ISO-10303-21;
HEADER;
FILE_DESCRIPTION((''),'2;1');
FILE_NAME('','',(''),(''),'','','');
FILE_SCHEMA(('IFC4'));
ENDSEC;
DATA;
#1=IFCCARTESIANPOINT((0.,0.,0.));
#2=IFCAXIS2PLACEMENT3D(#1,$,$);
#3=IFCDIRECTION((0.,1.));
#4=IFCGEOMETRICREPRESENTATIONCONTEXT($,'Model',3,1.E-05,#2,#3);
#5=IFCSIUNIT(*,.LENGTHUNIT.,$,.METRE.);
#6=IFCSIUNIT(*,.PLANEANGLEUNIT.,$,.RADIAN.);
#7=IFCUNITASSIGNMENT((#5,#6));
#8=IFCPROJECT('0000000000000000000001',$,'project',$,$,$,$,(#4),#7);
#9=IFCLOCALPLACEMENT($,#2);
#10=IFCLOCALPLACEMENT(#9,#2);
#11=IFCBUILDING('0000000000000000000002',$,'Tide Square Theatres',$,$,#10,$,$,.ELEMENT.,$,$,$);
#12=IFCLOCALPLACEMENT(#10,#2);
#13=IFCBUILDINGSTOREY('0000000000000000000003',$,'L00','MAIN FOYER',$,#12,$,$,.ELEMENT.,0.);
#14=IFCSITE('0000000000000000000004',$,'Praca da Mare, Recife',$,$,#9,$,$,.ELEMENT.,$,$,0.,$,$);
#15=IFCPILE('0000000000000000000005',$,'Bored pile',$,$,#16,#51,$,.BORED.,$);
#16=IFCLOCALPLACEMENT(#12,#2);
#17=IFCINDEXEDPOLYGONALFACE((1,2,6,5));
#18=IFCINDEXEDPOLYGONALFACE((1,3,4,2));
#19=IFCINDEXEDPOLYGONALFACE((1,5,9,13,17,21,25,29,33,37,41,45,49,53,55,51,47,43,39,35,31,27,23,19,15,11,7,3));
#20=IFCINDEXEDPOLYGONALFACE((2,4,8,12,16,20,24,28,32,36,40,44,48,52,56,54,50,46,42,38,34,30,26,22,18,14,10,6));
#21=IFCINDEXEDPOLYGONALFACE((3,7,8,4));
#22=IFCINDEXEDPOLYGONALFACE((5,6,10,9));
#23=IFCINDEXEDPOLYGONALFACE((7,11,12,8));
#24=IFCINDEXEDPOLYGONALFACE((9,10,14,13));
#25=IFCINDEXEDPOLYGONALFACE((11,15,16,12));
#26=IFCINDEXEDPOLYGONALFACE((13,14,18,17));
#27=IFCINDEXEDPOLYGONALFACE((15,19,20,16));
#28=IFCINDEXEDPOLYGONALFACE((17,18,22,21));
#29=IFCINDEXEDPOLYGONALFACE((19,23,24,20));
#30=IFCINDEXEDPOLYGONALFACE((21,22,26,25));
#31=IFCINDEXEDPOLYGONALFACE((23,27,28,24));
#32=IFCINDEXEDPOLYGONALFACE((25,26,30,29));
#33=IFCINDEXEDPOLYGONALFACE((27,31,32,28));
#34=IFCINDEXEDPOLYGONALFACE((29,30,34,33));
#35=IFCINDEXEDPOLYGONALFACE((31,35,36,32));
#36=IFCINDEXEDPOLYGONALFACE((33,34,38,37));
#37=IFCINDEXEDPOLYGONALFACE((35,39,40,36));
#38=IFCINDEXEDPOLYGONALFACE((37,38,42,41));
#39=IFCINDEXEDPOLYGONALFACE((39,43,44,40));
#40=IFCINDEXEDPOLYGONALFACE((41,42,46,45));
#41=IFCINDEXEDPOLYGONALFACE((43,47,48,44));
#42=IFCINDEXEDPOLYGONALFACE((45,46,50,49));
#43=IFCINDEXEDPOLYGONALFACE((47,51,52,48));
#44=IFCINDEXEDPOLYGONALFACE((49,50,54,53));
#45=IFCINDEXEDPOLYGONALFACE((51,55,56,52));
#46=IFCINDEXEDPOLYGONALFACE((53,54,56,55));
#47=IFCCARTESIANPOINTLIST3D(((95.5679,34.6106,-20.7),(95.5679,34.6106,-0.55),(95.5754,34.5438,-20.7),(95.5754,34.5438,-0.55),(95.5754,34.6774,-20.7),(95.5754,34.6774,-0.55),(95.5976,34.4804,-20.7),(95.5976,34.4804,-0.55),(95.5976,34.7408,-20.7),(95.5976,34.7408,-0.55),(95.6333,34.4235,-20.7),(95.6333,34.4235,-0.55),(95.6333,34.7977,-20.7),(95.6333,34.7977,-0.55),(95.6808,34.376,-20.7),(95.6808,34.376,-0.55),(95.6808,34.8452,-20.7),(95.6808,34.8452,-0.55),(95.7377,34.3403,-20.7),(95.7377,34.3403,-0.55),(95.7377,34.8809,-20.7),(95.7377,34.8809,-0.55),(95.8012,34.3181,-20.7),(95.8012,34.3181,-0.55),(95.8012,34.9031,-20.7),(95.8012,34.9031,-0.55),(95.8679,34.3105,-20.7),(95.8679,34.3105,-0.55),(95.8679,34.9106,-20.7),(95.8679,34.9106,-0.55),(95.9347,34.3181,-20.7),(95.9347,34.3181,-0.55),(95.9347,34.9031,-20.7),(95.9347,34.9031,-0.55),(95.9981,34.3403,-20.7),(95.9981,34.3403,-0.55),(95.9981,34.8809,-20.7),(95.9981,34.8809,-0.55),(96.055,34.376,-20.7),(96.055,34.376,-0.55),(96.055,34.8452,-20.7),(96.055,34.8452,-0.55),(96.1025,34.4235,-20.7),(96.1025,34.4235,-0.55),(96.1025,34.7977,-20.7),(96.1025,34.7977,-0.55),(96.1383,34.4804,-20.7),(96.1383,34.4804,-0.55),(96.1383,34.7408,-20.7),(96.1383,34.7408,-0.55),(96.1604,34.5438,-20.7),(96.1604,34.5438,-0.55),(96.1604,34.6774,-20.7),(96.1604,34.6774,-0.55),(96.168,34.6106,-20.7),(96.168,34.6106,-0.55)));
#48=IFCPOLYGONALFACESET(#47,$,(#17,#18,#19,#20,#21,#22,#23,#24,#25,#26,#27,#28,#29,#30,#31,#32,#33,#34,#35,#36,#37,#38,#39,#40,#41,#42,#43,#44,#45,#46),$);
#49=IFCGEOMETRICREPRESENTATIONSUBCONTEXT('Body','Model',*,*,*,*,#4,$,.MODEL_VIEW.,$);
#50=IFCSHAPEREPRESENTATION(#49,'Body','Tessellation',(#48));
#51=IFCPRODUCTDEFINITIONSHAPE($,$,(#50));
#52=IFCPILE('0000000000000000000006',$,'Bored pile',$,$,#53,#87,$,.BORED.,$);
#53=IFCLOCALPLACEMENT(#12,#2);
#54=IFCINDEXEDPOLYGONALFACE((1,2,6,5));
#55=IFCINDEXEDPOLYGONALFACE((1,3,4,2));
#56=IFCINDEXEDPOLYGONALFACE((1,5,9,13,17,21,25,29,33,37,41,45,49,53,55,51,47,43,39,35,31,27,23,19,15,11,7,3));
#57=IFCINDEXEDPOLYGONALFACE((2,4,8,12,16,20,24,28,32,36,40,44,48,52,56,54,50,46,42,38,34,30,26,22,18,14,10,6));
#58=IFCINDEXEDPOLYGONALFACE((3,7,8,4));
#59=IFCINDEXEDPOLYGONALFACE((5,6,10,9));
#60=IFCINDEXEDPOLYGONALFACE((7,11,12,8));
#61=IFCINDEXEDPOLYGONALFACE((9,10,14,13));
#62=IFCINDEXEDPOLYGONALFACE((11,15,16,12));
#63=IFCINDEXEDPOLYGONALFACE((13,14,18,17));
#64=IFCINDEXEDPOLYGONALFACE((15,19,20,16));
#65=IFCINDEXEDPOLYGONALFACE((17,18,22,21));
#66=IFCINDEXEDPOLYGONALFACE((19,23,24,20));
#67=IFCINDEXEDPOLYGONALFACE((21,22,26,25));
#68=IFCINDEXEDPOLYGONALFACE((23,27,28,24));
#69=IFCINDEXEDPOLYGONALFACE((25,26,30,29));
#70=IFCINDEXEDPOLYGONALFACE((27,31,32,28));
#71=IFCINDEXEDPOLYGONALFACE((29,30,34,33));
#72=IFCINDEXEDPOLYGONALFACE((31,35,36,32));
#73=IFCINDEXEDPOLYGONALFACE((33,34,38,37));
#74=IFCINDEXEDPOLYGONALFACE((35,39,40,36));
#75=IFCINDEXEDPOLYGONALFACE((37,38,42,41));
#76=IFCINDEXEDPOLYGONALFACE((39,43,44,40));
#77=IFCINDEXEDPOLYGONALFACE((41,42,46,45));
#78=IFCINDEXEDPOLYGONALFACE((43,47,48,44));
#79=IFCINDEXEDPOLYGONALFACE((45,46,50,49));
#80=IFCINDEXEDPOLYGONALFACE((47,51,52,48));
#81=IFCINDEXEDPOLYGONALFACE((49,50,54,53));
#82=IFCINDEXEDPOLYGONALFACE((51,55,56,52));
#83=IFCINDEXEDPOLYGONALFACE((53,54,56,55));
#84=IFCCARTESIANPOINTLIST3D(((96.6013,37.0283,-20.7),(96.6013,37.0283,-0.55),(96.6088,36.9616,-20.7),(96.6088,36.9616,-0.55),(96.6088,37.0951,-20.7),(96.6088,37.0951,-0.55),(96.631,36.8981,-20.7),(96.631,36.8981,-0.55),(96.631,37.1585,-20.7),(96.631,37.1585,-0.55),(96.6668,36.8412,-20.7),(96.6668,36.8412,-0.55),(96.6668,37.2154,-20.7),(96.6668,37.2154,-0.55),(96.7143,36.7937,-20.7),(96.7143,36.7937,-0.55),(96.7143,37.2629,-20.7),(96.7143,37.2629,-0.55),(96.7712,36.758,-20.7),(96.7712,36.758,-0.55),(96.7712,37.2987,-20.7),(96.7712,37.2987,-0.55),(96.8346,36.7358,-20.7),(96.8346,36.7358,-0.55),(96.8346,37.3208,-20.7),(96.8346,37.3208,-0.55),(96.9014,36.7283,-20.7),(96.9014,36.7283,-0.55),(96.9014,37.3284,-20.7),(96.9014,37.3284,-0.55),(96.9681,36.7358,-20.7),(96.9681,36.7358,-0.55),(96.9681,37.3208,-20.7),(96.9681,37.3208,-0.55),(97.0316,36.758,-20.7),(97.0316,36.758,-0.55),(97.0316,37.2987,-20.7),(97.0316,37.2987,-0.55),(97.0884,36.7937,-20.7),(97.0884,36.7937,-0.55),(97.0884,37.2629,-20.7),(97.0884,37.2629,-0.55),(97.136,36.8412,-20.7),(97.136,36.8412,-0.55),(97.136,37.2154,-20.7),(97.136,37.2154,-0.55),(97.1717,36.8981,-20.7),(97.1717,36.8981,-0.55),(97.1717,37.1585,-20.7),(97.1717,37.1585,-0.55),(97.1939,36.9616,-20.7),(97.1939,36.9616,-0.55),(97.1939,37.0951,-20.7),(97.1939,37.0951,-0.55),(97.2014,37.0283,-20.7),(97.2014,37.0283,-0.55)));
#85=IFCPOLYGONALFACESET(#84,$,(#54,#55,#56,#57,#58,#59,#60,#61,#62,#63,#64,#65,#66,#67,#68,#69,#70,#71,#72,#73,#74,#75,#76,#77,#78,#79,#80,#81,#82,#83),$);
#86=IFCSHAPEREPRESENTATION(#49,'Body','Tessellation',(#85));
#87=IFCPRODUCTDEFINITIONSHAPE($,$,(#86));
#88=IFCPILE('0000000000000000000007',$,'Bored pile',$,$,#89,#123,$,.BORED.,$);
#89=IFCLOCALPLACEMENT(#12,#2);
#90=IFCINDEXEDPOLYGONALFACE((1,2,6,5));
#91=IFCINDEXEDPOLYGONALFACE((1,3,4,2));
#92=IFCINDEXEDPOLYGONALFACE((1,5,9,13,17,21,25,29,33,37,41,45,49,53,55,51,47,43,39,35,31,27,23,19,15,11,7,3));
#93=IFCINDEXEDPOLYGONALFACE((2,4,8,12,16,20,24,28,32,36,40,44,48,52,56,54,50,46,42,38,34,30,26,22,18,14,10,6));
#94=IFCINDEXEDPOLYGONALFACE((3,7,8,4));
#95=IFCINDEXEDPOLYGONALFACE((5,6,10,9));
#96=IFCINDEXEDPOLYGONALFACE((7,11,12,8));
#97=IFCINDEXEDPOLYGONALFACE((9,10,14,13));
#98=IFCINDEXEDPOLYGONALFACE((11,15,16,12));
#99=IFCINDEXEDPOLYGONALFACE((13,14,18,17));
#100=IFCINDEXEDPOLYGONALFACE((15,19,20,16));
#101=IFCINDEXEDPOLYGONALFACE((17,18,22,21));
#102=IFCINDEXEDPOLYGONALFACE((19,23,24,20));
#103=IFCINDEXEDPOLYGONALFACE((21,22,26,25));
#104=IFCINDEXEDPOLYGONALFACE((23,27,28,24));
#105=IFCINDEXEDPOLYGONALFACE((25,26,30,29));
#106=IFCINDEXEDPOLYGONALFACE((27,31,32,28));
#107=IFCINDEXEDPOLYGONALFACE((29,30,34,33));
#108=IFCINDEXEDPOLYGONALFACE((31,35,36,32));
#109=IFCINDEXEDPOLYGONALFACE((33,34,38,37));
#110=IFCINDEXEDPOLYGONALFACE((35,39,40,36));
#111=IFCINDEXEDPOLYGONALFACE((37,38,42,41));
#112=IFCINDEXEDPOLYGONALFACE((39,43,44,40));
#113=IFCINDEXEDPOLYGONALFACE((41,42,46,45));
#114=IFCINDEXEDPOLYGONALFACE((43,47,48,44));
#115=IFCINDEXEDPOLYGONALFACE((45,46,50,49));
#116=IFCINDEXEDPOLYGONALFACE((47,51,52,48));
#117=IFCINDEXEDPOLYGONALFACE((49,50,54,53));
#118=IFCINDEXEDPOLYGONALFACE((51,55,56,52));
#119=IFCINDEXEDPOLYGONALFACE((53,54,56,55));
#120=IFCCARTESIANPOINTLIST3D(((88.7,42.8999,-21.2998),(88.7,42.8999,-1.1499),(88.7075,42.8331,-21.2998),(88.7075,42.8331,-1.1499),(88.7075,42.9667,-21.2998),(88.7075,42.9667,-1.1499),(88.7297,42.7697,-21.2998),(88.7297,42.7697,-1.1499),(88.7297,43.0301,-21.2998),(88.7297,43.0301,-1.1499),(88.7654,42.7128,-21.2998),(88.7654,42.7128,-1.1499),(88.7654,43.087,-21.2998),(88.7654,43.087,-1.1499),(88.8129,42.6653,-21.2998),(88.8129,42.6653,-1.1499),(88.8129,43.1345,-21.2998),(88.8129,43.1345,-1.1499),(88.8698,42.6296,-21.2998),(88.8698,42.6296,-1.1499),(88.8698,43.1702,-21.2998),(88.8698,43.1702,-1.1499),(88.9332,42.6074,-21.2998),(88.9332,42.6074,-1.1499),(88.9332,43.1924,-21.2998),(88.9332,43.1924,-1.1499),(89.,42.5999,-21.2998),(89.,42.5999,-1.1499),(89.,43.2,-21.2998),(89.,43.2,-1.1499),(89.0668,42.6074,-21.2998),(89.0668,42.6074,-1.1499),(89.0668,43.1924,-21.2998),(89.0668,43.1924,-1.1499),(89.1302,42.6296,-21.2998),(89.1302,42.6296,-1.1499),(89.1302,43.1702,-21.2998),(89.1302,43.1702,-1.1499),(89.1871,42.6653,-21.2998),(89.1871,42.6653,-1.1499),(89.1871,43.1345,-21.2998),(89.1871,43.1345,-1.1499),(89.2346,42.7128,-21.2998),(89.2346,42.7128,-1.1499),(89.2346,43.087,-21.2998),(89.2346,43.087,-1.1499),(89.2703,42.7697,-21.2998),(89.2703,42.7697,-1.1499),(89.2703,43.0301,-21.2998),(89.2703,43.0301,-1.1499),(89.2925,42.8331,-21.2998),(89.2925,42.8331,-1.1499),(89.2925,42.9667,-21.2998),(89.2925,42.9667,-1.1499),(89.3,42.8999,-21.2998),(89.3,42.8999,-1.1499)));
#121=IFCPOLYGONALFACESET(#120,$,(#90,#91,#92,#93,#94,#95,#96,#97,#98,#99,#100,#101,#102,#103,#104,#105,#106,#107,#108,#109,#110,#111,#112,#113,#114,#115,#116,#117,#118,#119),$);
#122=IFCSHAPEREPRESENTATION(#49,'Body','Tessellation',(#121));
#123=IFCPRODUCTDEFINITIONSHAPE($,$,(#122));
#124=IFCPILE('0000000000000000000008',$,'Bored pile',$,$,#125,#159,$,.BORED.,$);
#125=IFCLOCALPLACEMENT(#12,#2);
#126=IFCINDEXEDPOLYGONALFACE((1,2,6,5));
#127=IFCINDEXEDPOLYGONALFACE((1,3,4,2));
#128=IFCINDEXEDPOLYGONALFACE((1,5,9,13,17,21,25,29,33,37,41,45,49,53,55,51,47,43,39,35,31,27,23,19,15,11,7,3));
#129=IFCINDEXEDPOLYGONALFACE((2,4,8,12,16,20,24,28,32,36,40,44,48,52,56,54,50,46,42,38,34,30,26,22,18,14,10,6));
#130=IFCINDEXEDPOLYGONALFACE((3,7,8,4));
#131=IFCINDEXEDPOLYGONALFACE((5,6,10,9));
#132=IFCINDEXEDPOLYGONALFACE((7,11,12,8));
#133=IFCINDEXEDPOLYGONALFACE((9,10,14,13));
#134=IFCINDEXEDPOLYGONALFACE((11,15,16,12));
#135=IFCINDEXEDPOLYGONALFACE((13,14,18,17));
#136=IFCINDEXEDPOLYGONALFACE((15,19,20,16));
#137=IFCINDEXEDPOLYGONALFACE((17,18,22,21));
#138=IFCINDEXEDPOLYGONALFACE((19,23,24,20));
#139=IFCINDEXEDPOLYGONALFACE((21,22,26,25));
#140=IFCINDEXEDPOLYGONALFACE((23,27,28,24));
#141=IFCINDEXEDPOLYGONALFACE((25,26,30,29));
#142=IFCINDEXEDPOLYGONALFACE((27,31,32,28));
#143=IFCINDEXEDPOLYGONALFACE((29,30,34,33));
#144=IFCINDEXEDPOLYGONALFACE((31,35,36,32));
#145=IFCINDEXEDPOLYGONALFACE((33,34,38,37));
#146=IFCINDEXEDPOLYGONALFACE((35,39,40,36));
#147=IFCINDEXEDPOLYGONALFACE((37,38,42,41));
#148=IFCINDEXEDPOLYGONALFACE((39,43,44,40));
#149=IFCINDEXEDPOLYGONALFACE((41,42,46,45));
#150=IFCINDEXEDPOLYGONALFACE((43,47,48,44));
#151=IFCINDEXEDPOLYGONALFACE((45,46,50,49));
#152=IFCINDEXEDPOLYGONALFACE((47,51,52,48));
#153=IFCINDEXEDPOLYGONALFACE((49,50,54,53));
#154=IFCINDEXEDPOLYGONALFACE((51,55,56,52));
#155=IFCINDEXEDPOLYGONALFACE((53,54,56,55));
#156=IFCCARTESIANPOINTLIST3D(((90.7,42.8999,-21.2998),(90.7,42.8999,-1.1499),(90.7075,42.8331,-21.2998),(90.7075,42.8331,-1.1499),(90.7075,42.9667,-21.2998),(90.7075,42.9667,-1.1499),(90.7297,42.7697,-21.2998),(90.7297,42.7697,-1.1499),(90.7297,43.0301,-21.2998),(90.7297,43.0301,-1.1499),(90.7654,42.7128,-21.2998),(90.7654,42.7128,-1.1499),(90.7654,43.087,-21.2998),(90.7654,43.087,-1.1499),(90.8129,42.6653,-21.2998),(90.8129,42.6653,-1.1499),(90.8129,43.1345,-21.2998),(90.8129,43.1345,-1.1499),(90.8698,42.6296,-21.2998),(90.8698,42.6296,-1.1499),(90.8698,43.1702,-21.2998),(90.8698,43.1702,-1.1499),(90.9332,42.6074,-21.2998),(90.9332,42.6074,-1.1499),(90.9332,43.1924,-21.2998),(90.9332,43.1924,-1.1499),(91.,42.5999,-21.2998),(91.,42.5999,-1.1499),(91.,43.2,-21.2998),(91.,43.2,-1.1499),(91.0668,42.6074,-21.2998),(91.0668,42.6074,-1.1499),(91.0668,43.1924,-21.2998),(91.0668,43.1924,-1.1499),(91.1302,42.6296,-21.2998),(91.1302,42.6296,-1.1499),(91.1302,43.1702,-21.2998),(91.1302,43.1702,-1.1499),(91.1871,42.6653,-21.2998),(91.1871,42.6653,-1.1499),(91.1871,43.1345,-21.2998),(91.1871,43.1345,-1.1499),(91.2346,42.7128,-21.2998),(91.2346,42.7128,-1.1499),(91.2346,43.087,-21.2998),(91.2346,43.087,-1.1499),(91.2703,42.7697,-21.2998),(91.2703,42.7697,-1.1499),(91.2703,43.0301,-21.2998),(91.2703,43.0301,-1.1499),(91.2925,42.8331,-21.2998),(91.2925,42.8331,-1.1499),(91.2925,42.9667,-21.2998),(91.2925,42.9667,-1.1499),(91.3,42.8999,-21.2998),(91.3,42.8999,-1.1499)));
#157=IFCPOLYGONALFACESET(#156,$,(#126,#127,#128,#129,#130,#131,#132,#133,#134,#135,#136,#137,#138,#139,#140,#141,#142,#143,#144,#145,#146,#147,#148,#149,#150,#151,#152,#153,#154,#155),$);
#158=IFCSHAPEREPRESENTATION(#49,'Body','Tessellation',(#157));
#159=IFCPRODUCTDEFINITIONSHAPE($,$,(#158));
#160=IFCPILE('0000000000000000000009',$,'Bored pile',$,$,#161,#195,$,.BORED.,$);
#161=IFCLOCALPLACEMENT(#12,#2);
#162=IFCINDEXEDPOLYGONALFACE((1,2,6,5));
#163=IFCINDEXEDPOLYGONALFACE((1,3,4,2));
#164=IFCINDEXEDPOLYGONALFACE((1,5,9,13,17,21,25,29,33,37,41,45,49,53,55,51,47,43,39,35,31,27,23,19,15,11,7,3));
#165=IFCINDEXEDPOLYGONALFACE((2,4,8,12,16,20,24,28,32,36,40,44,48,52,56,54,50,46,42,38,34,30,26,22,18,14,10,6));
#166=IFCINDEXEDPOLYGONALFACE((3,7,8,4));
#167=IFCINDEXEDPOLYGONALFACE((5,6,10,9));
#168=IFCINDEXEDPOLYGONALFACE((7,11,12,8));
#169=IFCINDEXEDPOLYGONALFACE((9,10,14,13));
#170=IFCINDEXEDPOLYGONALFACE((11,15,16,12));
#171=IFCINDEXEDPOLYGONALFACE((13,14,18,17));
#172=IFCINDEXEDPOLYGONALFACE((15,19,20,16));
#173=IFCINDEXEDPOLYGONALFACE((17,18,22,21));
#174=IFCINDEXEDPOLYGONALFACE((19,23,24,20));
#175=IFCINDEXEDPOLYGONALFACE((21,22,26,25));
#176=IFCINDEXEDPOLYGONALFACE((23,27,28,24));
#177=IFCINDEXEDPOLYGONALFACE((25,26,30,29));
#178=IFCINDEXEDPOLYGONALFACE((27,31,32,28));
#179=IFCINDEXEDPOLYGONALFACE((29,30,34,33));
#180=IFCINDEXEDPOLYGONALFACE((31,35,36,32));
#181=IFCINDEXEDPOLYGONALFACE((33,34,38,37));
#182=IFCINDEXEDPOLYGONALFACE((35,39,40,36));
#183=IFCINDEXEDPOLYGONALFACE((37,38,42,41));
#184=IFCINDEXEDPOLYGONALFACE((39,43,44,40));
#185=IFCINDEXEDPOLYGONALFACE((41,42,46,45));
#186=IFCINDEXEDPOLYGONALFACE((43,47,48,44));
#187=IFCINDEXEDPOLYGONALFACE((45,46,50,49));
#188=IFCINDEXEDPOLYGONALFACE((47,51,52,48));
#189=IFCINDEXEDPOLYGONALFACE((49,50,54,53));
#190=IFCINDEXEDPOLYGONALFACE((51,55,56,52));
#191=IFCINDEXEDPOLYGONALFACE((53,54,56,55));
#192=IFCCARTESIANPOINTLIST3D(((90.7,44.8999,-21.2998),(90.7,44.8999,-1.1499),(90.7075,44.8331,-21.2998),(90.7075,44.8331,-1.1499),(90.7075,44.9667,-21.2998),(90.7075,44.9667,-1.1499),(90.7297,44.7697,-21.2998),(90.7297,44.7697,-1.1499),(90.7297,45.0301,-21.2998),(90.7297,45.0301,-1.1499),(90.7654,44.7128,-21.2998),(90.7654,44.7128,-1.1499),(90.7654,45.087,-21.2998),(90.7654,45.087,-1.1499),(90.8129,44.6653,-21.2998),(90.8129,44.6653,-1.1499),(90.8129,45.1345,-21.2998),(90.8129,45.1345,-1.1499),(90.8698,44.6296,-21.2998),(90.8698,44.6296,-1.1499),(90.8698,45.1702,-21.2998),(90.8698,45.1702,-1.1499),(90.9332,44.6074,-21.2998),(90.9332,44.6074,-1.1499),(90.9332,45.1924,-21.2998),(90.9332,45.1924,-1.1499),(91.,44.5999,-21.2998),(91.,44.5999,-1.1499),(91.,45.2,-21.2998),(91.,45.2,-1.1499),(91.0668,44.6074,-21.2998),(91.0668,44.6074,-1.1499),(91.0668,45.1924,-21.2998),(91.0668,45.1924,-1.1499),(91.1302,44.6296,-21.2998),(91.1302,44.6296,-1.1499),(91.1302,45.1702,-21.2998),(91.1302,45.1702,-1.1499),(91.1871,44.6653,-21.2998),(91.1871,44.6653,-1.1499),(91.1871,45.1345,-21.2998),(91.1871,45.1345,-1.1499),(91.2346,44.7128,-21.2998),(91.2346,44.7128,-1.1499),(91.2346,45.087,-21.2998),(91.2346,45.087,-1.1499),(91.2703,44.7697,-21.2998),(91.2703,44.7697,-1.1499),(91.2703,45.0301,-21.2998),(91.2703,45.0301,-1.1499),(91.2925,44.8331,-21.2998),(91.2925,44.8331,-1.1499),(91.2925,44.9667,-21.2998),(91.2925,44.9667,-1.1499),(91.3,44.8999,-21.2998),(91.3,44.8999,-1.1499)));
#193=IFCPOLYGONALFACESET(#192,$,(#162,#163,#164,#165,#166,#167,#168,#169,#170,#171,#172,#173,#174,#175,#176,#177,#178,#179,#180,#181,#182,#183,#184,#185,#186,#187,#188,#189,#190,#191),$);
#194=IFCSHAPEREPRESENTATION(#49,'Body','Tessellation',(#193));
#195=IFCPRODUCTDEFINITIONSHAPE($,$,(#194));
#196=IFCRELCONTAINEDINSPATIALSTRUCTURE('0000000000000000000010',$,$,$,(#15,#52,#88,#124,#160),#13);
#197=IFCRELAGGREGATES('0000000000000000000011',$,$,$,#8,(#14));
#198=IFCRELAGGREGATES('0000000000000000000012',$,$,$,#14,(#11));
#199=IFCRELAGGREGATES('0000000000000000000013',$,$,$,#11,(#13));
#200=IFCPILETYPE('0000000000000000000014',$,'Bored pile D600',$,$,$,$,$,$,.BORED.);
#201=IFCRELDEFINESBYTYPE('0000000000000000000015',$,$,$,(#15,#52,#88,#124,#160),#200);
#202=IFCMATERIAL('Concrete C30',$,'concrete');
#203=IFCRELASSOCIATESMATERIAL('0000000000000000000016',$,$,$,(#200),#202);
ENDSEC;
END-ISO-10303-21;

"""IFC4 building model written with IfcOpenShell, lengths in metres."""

from ifc_helpers import new_model, si_unit, direction, frame, origin, origin_2d, place, context, subcontext, project, spatial, circle, extrude, material, material_profile, profile_set, type_object, element, save


model = new_model("IFC4")

# Units and contexts
model_context = context("Model", 3, precision=1e-05, world=origin(), true_north=direction((0.0, 1.0)))
body_context = subcontext(model_context, "Body", "Model", "MODEL_VIEW")
ifc_project = project(units=[si_unit("LENGTHUNIT", "METRE"), si_unit("PLANEANGLEUNIT", "RADIAN")], contexts=[model_context])

# Site, building, storey
site_placement = place(None, origin())
site = spatial("IfcSite", under=ifc_project, at=site_placement, Name="Praca da Mare, Recife", CompositionType="ELEMENT", RefElevation=0.0)
building_placement = place(site_placement, origin())
building = spatial("IfcBuilding", under=site, at=building_placement, Name="Tide Square Theatres", CompositionType="ELEMENT")
storey_placement = place(building_placement, origin())
storey = spatial("IfcBuildingStorey", under=building, at=storey_placement, Name="L00", Description="MAIN FOYER", CompositionType="ELEMENT", Elevation=0.0)

# Piles
ifc_material_1 = material(Name="Concrete C30", Category="concrete")
ifc_material_profile_1 = material_profile(ifc_material_1, circle(Radius=0.3, at=origin_2d()))
ifc_profile_set_1 = profile_set([ifc_material_profile_1], Name="Concrete C30")
pile_type = type_object("IfcPileType", Name="Bored pile D600", PredefinedType="BORED", material=ifc_profile_set_1)
for number, where, z_axis, x_axis, name in (
    (1, (95.8679, 34.6106, -0.55), (0.0, 0.0, -1.0), (1.0, 0.0, 0.0), "Bored pile"),
    (2, (96.9014, 37.0283, -0.55), (0.0, 0.0, -1.0), (1.0, 0.0, 0.0), "Bored pile"),
    (3, (89.0, 42.8999, -1.1499), (0.0, 0.0, -1.0), (1.0, 0.0, 0.0), "Bored pile"),
    (4, (91.0, 42.8999, -1.1499), (0.0, 0.0, -1.0), (1.0, 0.0, 0.0), "Bored pile"),
    (5, (91.0, 44.8999, -1.1499), (0.0, 0.0, -1.0), (1.0, 0.0, 0.0), "Bored pile"),
):
    element("IfcPile", number, at=place(storey_placement, frame(where, z_axis=z_axis, x_axis=x_axis)), inside=storey, type_object=pile_type, Name=name, PredefinedType="BORED", context=body_context, shape_type="SweptSolid", body=[
        extrude(circle(Radius=0.3, at=origin_2d()), origin(), (0.0, 0.0, 1.0), 20.1499),
    ])

save(model, "model.ifc")
